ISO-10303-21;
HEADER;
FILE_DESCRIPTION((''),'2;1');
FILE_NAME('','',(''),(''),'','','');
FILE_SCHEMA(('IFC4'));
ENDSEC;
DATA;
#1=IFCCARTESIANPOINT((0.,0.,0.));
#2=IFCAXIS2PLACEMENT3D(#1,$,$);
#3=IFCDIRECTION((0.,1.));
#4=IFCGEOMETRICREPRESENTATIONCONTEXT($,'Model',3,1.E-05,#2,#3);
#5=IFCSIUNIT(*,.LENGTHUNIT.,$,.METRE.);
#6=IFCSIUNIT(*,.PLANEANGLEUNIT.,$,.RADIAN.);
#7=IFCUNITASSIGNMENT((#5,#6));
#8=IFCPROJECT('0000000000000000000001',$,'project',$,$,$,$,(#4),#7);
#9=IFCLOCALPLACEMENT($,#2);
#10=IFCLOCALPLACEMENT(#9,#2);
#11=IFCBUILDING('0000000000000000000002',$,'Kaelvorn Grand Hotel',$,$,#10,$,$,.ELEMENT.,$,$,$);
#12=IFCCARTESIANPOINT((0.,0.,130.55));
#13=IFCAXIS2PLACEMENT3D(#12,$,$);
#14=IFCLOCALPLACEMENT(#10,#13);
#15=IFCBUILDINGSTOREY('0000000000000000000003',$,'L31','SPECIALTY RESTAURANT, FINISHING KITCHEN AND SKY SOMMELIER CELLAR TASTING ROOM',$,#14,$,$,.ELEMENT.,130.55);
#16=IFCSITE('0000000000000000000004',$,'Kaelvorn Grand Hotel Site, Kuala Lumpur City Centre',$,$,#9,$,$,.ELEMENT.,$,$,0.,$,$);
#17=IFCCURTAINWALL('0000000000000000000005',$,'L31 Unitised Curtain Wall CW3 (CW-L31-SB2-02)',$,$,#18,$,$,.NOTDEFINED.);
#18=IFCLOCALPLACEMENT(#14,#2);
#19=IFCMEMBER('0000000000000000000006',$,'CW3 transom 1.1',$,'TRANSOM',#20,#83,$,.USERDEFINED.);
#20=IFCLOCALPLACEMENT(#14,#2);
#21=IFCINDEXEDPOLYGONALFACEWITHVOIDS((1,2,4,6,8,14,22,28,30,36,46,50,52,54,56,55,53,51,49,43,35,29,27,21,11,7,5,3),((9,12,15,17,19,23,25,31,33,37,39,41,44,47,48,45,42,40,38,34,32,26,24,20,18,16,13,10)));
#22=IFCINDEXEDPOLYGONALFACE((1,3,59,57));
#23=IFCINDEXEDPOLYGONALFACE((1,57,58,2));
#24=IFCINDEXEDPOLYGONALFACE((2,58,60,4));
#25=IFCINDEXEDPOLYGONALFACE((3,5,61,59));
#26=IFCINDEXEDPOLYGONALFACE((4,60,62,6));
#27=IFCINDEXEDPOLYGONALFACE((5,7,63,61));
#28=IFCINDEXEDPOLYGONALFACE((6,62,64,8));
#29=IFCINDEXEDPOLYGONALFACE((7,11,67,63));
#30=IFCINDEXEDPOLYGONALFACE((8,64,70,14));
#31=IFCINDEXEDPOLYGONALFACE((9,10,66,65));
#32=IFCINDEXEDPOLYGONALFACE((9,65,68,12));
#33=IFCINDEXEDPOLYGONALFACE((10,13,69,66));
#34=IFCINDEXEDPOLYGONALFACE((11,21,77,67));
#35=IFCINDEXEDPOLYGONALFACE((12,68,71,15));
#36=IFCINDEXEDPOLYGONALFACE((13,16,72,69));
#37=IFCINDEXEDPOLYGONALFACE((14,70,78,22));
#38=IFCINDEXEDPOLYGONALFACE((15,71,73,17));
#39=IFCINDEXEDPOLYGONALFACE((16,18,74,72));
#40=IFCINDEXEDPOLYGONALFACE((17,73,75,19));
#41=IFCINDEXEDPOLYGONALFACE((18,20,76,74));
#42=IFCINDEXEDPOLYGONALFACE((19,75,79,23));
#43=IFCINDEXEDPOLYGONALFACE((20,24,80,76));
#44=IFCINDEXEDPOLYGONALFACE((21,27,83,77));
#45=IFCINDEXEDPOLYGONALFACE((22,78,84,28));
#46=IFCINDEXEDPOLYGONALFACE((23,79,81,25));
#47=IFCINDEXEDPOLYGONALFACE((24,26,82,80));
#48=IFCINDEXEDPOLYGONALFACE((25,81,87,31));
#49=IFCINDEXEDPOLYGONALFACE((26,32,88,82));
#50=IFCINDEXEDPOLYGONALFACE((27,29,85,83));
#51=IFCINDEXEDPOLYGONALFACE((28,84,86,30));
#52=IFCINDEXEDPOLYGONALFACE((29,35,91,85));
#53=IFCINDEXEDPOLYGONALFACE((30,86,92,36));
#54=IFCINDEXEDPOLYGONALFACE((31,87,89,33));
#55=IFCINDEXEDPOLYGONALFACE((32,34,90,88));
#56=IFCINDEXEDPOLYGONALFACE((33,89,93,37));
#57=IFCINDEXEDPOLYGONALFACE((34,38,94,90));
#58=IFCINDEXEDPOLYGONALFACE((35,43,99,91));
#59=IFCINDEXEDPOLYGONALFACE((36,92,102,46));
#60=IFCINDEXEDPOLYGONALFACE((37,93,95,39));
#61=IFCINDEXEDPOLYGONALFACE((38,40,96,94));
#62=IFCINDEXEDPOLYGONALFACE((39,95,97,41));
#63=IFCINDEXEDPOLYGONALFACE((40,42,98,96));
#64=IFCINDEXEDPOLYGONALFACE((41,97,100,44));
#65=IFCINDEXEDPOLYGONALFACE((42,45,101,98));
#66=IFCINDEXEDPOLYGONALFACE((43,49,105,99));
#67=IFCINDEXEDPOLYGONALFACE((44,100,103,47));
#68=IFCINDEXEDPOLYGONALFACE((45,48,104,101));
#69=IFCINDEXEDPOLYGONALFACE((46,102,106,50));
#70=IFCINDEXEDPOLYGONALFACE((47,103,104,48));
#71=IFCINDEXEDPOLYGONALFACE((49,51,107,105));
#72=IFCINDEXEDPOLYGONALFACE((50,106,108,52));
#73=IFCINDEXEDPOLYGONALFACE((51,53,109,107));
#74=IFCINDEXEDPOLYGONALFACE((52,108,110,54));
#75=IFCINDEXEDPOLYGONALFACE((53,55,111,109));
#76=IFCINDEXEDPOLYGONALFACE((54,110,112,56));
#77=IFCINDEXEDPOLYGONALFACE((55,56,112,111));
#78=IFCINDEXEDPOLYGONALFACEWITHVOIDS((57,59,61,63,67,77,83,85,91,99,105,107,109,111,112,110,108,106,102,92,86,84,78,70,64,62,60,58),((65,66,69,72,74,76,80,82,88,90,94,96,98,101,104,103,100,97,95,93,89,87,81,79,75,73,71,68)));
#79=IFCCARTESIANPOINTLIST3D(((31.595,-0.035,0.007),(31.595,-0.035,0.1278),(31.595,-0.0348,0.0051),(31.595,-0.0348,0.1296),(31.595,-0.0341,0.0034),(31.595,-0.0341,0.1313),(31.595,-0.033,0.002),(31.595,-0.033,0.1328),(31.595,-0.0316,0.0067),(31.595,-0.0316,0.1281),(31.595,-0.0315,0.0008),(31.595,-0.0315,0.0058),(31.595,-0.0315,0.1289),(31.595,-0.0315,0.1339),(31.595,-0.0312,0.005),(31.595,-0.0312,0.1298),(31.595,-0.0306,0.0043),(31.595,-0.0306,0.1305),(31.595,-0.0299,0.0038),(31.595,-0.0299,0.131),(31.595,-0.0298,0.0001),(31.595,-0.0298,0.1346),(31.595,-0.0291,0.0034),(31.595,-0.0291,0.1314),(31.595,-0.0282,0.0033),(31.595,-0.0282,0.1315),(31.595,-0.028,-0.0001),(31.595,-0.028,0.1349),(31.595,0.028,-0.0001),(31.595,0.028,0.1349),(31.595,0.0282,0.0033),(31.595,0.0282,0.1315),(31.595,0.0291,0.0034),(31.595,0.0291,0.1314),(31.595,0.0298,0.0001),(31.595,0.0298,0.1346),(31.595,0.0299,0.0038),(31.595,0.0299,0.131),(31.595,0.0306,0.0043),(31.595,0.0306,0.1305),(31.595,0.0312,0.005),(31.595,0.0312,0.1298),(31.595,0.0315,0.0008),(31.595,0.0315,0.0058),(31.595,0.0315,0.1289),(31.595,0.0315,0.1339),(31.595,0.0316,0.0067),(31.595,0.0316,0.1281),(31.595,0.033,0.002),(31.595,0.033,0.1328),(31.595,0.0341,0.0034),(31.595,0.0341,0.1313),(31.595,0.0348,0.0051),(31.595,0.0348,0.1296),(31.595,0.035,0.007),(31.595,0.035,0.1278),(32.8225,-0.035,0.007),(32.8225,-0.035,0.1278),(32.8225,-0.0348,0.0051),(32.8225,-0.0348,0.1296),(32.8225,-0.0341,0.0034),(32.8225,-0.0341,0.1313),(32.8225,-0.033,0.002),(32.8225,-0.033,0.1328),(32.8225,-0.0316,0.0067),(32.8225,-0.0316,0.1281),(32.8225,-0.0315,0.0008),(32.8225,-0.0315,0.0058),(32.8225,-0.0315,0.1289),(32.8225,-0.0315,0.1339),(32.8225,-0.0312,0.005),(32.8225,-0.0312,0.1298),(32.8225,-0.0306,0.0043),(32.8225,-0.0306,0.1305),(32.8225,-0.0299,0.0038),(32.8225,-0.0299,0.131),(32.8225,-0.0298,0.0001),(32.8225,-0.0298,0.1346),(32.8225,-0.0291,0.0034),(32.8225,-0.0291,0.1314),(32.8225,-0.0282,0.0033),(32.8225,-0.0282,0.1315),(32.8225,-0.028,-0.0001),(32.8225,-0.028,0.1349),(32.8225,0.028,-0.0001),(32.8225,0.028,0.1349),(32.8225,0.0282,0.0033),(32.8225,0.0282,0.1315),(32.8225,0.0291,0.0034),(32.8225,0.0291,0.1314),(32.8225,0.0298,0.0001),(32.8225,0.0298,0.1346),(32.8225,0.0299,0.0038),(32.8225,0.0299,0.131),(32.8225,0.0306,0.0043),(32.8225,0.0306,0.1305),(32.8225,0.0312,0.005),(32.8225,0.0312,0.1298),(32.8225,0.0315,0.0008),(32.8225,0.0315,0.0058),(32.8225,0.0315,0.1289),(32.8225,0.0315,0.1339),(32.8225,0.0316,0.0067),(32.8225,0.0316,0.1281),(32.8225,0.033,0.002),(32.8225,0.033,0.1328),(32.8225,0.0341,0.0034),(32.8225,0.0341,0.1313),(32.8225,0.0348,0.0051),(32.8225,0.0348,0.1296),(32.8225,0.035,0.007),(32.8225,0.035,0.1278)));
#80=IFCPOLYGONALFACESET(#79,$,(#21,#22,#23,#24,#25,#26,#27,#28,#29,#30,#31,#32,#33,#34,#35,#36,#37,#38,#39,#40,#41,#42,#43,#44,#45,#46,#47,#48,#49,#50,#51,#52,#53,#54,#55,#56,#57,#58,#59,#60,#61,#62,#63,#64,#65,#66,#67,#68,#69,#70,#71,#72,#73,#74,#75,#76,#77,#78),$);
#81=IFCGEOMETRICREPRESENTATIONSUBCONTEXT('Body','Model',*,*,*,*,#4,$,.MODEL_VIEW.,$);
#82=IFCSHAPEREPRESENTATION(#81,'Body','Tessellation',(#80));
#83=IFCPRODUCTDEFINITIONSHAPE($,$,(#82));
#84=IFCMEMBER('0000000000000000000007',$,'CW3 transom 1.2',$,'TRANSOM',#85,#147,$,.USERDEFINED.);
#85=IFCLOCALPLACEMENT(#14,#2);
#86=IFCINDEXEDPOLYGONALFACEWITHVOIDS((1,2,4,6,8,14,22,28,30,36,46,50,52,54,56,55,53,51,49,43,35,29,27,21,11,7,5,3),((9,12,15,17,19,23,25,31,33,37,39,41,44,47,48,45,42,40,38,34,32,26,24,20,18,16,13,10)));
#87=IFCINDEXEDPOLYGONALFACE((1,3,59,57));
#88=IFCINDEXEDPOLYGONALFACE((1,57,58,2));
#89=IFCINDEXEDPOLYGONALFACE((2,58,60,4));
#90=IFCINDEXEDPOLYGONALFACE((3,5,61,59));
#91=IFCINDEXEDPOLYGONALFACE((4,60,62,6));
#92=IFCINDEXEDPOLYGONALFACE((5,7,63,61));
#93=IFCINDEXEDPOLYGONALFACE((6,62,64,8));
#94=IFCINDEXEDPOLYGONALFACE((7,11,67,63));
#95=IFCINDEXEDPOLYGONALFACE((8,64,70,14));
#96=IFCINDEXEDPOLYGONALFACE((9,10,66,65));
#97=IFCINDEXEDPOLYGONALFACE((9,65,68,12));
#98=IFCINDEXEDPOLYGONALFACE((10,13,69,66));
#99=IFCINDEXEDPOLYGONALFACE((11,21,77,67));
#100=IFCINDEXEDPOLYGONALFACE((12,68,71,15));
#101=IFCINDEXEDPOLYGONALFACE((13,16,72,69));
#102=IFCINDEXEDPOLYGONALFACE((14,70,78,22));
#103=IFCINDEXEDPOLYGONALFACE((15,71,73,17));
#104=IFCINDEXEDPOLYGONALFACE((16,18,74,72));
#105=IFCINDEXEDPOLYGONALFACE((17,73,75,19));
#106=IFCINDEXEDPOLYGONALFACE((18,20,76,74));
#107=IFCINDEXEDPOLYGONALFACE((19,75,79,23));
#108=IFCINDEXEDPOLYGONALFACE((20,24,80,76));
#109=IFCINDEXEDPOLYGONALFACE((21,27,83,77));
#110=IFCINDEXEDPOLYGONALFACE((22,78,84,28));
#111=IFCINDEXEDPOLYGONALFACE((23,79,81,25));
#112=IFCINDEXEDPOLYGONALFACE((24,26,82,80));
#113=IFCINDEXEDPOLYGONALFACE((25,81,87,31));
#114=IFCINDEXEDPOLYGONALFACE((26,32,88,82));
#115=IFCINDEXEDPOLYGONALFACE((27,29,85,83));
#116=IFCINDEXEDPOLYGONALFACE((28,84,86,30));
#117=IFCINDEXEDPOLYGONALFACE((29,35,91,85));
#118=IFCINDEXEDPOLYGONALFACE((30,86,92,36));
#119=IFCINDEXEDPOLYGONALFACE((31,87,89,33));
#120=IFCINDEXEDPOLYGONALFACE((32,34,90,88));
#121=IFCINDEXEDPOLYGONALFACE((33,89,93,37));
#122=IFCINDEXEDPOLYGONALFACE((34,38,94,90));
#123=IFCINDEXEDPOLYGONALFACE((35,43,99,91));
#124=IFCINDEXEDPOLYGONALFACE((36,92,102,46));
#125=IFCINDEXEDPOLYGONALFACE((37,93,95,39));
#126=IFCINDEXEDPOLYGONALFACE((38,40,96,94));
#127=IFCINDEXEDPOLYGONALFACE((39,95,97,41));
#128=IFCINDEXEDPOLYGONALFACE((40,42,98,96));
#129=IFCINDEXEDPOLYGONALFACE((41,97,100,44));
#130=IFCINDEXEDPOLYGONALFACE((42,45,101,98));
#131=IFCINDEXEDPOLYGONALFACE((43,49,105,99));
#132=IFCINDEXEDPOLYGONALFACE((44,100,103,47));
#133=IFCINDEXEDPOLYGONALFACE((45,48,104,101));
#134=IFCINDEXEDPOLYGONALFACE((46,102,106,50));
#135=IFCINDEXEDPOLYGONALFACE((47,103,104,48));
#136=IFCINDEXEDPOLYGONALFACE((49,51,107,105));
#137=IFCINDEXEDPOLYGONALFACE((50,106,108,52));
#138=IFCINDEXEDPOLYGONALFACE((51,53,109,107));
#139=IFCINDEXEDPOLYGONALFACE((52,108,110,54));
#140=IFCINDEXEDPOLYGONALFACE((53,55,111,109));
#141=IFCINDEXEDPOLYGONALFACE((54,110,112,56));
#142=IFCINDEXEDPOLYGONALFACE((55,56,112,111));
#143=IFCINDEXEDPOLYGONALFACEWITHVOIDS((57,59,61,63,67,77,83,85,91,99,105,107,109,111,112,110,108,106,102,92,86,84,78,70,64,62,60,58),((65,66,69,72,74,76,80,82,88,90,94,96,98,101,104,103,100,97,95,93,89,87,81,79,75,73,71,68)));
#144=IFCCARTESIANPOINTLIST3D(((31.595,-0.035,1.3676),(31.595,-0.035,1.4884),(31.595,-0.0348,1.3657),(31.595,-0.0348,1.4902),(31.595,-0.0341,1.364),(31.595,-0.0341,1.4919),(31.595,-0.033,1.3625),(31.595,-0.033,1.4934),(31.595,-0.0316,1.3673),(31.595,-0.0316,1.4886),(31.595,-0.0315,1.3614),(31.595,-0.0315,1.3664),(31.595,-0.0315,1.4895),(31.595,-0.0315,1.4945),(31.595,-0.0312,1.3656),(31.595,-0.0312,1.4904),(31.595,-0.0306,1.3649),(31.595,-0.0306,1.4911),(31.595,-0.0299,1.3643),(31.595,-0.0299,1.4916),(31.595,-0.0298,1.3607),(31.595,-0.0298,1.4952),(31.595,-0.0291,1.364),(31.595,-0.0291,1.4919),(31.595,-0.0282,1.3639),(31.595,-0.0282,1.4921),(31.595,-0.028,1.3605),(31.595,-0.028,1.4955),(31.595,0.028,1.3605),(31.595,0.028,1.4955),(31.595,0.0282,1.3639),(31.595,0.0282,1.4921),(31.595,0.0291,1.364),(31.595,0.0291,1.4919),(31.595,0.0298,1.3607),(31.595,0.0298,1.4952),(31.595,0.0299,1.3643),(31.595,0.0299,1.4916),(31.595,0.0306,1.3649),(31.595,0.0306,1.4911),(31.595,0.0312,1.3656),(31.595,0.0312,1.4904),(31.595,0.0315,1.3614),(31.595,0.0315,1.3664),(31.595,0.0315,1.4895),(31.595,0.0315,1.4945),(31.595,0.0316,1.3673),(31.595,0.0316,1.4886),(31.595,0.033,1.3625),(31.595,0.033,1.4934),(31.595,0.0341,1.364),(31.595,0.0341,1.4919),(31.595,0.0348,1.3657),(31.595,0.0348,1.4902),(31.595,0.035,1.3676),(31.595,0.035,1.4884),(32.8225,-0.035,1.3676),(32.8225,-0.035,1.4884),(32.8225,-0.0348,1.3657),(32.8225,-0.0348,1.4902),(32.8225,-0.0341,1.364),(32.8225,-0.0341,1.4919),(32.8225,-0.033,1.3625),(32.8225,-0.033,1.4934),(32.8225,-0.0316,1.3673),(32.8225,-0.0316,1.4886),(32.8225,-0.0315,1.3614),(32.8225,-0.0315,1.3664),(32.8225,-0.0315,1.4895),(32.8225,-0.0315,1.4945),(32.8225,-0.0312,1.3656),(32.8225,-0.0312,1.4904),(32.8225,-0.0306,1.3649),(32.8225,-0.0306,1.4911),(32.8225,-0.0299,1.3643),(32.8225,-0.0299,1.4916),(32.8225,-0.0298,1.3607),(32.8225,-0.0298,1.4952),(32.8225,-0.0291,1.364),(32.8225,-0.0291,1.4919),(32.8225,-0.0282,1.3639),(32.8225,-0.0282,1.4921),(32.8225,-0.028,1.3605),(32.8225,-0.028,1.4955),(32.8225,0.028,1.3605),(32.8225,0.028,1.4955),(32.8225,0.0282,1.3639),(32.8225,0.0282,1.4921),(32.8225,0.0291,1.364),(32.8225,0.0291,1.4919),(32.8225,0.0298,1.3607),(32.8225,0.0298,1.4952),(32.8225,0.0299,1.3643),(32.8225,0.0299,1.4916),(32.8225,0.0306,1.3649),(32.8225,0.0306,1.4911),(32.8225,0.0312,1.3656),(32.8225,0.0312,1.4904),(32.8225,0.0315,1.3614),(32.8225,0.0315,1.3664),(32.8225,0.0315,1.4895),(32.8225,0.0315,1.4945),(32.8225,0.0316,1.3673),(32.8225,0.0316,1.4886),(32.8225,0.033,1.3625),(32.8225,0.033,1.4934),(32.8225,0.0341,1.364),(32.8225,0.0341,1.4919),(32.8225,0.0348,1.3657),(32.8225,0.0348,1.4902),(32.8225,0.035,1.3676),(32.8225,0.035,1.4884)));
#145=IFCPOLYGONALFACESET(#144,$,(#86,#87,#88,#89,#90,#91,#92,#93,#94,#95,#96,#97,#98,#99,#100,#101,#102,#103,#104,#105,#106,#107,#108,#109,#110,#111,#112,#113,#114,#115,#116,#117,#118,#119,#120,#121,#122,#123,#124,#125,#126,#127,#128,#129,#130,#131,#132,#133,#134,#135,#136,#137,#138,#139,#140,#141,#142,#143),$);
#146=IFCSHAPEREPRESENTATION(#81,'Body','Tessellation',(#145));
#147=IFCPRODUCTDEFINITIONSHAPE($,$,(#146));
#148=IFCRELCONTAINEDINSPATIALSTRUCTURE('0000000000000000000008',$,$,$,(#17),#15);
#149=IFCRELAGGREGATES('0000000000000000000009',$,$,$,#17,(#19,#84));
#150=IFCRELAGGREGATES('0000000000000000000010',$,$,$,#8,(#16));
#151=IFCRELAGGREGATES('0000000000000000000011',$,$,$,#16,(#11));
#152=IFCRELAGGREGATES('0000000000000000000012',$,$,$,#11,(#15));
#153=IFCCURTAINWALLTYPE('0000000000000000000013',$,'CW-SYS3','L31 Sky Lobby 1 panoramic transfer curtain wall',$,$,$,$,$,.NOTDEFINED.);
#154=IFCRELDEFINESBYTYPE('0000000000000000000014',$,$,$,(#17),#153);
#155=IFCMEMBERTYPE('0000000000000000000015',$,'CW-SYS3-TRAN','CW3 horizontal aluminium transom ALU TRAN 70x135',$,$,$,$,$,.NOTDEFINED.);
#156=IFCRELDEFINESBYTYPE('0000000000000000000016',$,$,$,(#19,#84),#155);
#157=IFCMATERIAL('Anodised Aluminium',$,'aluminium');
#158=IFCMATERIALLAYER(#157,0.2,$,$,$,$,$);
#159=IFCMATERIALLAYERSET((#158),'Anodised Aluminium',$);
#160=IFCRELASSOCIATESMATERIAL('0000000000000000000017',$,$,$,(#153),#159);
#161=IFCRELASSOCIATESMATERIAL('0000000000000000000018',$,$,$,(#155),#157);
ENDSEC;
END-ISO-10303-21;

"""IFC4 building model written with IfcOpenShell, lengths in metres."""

from ifc_helpers import new_model, si_unit, direction, frame, origin, origin_2d, place, context, subcontext, project, spatial, hollow_rectangle, extrude, material, layer, layer_set, material_profile, profile_set, type_object, element, aggregate, save


model = new_model("IFC4")

# Units and contexts
model_context = context("Model", 3, precision=1e-05, world=origin(), true_north=direction((0.0, 1.0)))
body_context = subcontext(model_context, "Body", "Model", "MODEL_VIEW")
ifc_project = project(units=[si_unit("LENGTHUNIT", "METRE"), si_unit("PLANEANGLEUNIT", "RADIAN")], contexts=[model_context])

# Site, building, storey
site_placement = place(None, origin())
site = spatial("IfcSite", under=ifc_project, at=site_placement, Name="Kaelvorn Grand Hotel Site, Kuala Lumpur City Centre", CompositionType="ELEMENT", RefElevation=0.0)
building_placement = place(site_placement, origin())
building = spatial("IfcBuilding", under=site, at=building_placement, Name="Kaelvorn Grand Hotel", CompositionType="ELEMENT")
storey_placement = place(building_placement, frame((0.0, 0.0, 130.55)))
storey = spatial("IfcBuildingStorey", under=building, at=storey_placement, Name="L31", Description="SPECIALTY RESTAURANT, FINISHING KITCHEN AND SKY SOMMELIER CELLAR TASTING ROOM", CompositionType="ELEMENT", Elevation=130.55)

# Shared definitions
ifc_material_1 = material(Name="Anodised Aluminium", Category="aluminium")
ifc_layer_1 = layer(ifc_material_1, 0.2)
ifc_layer_set_1 = layer_set([ifc_layer_1], Name="Anodised Aluminium")
curtain_wall_type = type_object("IfcCurtainWallType", Name="CW-SYS3", Description="L31 Sky Lobby 1 panoramic transfer curtain wall", PredefinedType="NOTDEFINED", material=ifc_layer_set_1)

# Curtain wall, members
curtain_wall_1_placement = place(storey_placement, origin())
curtain_wall_1 = element("IfcCurtainWall", 1, at=curtain_wall_1_placement, inside=storey, type_object=curtain_wall_type, Name="L31 Unitised Curtain Wall CW3 (CW-L31-SB2-02)", PredefinedType="NOTDEFINED")
ifc_material_profile_1 = material_profile(ifc_material_1, hollow_rectangle(XDim=0.0701, YDim=0.135, WallThickness=0.0034, InnerFilletRadius=0.0034, OuterFilletRadius=0.0071, at=origin_2d()), Name="ALU TRAN 70x135")
ifc_profile_set_1 = profile_set([ifc_material_profile_1], Name="Anodised Aluminium")
member_type_1 = type_object("IfcMemberType", Name="CW-SYS3-TRAN", Description="CW3 horizontal aluminium transom ALU TRAN 70x135", PredefinedType="NOTDEFINED", material=ifc_profile_set_1)
member_1_placement = place(storey_placement, frame((31.595, 0.0, 0.0674), z_axis=(1.0, 0.0, 0.0), x_axis=(0.0, 1.0, 0.0)))
member_1 = element("IfcMember", 2, at=member_1_placement, type_object=member_type_1, Name="CW3 transom 1.1", ObjectType="TRANSOM", PredefinedType="USERDEFINED", context=body_context, shape_type="SweptSolid", body=[
    extrude(hollow_rectangle(XDim=0.0701, YDim=0.135, WallThickness=0.0034, InnerFilletRadius=0.0034, OuterFilletRadius=0.0071, at=origin_2d()), origin(), (0.0, 0.0, 1.0), 1.2275),
])
member_2_placement = place(storey_placement, frame((31.595, 0.0, 1.428), z_axis=(1.0, 0.0, 0.0), x_axis=(0.0, 1.0, 0.0)))
member_2 = element("IfcMember", 3, at=member_2_placement, type_object=member_type_1, Name="CW3 transom 1.2", ObjectType="TRANSOM", PredefinedType="USERDEFINED", context=body_context, shape_type="SweptSolid", body=[
    extrude(hollow_rectangle(XDim=0.0701, YDim=0.135, WallThickness=0.0034, InnerFilletRadius=0.0034, OuterFilletRadius=0.0071, at=origin_2d()), origin(), (0.0, 0.0, 1.0), 1.2275),
])

aggregate(curtain_wall_1, [member_1, member_2])

save(model, "model.ifc")
